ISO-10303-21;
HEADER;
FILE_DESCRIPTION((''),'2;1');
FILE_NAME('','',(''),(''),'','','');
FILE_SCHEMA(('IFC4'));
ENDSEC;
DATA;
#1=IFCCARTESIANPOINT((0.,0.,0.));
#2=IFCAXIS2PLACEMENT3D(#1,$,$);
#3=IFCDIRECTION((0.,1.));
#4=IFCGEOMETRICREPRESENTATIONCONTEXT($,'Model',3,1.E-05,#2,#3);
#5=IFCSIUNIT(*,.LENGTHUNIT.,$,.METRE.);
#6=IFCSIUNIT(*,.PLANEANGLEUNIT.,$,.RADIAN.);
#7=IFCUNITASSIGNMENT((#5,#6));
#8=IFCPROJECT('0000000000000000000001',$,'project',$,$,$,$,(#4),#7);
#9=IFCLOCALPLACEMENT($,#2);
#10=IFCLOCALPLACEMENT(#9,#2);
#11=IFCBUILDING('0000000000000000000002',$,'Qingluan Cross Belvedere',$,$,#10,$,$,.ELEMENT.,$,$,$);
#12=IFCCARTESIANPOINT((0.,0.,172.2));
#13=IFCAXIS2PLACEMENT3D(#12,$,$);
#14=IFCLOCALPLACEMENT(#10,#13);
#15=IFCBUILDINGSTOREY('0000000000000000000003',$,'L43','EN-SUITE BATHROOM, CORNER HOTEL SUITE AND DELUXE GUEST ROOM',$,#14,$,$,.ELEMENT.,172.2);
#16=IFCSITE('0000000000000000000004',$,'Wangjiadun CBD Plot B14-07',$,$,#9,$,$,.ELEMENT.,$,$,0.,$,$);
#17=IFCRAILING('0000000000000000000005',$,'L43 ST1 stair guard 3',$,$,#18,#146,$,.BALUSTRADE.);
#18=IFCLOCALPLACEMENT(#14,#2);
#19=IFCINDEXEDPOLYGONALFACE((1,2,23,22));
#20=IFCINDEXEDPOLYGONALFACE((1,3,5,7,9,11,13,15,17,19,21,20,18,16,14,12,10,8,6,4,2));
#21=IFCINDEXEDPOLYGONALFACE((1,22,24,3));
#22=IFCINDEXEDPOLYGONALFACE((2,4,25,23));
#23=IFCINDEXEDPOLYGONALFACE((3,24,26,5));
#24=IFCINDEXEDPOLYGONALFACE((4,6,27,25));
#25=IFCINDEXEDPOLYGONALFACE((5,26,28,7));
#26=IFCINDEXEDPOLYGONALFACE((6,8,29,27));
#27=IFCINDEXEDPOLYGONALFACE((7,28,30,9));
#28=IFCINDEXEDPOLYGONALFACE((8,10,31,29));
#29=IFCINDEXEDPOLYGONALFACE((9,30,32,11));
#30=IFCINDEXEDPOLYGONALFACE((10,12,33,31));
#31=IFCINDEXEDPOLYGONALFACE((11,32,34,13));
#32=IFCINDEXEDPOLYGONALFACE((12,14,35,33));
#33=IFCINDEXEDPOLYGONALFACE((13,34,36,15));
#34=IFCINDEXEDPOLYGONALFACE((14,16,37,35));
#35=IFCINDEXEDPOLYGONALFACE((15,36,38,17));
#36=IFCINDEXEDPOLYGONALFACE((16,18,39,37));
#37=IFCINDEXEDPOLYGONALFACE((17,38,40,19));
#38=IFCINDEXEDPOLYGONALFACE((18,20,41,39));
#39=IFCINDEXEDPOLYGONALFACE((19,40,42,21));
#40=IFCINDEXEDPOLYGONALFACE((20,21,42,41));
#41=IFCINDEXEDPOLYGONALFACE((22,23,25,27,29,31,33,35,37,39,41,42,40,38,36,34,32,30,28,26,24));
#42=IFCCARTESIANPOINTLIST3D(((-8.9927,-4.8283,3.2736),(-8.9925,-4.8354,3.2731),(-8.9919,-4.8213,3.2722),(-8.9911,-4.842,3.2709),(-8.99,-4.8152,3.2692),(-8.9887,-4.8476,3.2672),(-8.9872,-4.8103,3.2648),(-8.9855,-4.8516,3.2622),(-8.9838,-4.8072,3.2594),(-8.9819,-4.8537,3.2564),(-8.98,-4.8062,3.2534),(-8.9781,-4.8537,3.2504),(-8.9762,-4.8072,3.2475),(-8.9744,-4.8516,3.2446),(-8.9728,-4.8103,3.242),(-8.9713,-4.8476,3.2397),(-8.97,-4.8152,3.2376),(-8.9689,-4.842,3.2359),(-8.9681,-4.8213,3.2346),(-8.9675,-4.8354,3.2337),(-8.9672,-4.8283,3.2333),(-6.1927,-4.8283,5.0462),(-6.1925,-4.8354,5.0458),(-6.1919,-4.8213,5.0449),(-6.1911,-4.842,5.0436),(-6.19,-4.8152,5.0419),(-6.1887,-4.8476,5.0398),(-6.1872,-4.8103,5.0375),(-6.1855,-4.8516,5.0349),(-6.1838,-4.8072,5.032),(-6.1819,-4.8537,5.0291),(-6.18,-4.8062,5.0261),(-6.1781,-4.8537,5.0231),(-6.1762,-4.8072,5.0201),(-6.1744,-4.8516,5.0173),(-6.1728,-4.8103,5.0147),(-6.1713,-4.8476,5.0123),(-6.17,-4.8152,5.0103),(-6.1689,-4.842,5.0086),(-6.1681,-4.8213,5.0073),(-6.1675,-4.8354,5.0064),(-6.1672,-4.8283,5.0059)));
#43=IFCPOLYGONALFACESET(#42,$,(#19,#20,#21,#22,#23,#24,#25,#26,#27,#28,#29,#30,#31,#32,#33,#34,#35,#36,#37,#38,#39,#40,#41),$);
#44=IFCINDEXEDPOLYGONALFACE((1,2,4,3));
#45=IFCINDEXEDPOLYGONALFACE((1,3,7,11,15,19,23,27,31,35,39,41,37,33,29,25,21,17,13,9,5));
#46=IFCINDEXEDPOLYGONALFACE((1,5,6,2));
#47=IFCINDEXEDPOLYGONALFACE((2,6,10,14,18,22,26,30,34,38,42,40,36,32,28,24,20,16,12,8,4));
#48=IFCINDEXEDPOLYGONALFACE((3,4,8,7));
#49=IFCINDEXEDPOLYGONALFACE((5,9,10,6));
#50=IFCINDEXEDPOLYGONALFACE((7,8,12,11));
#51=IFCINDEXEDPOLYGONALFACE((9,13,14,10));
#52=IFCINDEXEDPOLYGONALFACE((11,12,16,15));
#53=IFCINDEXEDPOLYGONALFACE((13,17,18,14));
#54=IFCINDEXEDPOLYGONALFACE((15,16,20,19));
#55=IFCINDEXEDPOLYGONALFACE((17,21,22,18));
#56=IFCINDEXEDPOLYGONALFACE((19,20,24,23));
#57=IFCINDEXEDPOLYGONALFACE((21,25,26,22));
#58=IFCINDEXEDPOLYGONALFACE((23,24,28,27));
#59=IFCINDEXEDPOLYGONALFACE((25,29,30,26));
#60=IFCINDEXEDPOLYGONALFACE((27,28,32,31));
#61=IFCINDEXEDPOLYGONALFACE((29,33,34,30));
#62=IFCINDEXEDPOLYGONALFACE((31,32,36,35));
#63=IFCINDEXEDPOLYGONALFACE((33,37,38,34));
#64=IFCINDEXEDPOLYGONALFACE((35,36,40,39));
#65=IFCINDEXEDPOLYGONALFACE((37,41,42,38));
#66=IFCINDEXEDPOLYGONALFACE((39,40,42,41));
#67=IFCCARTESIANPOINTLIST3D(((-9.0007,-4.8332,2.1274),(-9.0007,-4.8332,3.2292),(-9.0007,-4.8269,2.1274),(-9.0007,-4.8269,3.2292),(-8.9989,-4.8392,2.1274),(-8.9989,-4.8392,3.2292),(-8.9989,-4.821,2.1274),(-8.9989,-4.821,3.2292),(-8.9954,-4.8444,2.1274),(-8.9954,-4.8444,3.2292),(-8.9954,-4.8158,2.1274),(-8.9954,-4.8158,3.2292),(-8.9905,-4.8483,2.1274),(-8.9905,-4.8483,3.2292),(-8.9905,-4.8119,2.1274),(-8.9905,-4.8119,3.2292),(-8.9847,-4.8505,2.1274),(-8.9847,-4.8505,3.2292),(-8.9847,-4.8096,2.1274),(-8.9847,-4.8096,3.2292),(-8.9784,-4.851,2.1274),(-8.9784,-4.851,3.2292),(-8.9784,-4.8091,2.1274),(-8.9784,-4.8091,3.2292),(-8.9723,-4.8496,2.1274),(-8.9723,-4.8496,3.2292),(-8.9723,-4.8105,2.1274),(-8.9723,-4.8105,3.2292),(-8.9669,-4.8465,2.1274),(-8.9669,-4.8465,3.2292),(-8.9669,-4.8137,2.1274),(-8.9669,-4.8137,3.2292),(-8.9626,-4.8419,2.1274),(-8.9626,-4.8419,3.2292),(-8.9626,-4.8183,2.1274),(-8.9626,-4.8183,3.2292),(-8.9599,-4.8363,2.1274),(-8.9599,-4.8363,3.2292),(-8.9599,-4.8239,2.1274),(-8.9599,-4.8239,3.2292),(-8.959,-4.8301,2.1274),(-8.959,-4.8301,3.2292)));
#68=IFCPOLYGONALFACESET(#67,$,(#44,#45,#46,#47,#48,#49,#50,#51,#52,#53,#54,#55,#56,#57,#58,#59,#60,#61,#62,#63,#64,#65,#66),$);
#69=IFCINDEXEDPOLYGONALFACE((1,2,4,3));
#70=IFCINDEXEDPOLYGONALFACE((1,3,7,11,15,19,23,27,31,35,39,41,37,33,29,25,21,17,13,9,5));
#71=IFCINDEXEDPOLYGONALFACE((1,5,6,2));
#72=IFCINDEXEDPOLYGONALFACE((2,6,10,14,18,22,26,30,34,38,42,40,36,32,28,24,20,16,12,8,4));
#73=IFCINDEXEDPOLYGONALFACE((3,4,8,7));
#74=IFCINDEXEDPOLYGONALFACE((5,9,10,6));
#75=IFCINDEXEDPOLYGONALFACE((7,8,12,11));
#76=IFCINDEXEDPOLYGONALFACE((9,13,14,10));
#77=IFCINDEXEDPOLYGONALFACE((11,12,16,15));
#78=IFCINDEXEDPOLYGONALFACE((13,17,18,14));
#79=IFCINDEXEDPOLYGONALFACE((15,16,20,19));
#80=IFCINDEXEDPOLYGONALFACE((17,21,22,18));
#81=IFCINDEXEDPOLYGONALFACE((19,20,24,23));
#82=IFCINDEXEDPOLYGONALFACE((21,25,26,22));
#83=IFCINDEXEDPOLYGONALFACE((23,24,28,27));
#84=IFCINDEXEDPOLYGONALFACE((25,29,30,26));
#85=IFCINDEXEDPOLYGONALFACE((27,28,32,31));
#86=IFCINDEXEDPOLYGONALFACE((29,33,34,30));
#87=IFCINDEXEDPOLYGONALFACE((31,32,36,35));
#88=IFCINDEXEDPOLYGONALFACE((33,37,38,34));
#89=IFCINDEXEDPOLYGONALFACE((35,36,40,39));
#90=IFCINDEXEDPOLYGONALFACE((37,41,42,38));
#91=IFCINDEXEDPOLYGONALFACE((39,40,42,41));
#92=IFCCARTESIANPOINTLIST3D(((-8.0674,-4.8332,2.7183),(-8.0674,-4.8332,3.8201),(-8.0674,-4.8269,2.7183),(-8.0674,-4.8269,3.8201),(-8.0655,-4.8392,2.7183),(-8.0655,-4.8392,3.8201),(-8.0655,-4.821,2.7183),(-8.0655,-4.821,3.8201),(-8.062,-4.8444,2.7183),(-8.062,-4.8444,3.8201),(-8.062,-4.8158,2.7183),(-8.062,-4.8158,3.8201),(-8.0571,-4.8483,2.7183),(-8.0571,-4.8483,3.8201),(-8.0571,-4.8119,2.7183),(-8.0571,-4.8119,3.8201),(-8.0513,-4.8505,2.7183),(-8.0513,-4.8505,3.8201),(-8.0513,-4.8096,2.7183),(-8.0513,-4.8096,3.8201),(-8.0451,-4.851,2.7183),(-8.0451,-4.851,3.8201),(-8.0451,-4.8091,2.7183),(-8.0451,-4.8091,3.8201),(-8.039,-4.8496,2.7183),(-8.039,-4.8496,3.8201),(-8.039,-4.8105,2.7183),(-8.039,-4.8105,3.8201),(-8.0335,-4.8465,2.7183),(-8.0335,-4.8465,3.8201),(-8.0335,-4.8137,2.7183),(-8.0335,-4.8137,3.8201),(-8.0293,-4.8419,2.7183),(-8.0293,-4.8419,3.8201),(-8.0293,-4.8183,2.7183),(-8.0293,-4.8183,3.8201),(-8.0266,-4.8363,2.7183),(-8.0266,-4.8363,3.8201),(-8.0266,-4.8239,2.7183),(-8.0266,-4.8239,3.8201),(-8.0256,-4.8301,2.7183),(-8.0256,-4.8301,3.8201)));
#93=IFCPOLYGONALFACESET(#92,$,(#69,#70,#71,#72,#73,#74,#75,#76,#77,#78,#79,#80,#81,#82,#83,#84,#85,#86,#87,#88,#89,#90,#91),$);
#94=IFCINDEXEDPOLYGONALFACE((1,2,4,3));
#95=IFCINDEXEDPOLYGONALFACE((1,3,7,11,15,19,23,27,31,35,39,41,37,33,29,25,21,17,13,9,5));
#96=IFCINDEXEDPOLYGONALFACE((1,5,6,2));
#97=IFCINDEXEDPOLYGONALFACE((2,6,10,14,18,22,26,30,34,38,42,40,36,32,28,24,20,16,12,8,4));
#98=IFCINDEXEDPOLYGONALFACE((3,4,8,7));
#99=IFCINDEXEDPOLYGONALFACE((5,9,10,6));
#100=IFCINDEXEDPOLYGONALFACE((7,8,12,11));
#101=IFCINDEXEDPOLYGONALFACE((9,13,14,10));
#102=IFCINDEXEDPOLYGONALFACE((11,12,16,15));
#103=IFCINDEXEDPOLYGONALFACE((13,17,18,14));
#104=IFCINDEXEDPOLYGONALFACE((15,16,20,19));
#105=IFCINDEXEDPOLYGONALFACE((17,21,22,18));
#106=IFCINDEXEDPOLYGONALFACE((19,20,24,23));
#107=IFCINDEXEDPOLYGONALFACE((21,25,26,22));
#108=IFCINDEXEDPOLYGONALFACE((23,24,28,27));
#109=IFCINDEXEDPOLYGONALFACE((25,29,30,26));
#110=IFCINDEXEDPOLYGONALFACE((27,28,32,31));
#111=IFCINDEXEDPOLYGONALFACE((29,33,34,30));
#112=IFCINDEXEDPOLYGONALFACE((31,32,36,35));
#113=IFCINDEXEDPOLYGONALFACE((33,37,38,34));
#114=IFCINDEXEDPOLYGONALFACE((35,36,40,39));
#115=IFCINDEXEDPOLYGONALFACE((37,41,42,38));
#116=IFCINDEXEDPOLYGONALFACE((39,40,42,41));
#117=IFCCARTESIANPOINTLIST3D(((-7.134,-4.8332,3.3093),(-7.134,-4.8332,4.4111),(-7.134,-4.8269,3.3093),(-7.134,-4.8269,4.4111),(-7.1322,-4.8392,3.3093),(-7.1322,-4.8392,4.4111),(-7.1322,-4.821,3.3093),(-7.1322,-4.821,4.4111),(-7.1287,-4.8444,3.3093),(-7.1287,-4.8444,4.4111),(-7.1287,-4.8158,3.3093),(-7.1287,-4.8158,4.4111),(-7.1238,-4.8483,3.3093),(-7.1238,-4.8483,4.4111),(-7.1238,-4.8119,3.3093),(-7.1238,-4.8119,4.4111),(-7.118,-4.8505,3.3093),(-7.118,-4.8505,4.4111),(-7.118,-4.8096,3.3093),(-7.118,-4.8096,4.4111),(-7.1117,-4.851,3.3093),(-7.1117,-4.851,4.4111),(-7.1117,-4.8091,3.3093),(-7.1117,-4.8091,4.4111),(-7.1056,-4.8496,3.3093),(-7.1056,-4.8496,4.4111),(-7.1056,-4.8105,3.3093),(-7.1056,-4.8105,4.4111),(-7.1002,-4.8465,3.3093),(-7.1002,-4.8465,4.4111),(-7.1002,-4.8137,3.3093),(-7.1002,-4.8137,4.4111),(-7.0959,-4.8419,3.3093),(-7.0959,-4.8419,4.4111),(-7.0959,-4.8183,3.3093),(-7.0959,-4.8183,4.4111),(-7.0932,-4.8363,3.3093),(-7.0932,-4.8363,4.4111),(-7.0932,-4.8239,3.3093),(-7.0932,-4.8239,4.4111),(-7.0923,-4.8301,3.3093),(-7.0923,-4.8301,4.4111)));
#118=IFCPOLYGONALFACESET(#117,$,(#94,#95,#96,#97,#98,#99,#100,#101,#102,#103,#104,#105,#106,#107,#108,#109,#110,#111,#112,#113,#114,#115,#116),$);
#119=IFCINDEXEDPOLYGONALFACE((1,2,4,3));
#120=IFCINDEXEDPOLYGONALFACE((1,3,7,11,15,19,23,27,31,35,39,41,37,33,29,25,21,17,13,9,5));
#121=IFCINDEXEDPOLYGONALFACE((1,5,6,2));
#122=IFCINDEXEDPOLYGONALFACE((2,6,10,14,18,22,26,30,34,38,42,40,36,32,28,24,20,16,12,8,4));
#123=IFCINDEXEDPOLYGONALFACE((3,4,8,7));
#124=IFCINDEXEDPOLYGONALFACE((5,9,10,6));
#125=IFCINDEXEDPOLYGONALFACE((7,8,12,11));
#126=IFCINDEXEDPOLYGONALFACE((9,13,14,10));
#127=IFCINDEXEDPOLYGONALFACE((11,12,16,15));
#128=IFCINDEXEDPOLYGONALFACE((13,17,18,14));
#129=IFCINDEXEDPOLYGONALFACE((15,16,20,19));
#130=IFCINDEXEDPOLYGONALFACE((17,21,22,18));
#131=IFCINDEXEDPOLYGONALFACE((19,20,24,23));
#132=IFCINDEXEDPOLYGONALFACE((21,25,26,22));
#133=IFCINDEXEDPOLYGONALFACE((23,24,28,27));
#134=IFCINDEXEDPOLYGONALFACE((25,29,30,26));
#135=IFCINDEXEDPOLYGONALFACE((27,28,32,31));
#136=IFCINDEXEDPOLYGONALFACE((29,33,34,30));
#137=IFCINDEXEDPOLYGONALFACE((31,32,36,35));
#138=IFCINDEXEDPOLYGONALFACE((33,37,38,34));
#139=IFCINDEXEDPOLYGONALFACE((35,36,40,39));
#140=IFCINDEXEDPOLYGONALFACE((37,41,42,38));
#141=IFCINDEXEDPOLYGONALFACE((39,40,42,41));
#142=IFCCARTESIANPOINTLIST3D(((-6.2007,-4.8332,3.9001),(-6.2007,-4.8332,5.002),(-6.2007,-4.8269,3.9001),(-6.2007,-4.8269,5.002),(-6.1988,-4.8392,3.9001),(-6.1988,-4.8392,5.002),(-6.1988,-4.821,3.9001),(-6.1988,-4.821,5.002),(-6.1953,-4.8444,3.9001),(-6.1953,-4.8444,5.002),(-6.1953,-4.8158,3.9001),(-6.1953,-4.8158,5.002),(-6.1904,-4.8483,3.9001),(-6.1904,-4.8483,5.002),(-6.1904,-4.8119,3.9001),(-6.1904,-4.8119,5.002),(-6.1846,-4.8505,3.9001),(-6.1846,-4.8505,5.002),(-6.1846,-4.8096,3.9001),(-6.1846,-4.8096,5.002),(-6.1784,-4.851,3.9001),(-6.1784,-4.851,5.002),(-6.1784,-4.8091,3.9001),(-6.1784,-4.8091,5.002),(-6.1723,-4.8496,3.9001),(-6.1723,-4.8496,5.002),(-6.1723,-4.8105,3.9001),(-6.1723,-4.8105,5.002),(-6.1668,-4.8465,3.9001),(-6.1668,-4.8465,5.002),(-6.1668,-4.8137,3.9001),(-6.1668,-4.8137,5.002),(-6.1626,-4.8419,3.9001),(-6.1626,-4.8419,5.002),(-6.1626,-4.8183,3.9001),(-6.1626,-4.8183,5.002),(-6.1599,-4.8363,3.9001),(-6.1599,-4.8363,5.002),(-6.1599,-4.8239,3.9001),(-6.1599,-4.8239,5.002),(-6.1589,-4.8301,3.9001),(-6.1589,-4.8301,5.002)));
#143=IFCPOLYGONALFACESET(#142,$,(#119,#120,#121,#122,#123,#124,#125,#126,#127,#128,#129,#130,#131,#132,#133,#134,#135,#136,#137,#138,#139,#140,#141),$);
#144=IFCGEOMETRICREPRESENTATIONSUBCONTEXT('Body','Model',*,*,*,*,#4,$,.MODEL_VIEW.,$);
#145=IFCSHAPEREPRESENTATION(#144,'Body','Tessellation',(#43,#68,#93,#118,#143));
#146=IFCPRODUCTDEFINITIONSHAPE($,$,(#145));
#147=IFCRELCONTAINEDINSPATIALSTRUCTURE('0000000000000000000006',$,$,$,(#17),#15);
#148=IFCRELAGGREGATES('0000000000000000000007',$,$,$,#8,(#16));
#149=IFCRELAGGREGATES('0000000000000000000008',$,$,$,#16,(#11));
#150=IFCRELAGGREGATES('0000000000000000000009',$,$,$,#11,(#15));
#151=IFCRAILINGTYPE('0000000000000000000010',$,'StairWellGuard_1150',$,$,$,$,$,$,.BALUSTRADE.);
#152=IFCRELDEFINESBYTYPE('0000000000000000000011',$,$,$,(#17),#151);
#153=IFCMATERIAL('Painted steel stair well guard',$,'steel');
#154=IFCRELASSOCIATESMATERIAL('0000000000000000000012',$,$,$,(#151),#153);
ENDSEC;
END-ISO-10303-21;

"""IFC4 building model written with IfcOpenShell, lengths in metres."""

from ifc_helpers import new_model, si_unit, direction, frame, origin, origin_2d, place, context, subcontext, project, spatial, circle, extrude, material, type_object, element, save


model = new_model("IFC4")

# Units and contexts
model_context = context("Model", 3, precision=1e-05, world=origin(), true_north=direction((0.0, 1.0)))
body_context = subcontext(model_context, "Body", "Model", "MODEL_VIEW")
ifc_project = project(units=[si_unit("LENGTHUNIT", "METRE"), si_unit("PLANEANGLEUNIT", "RADIAN")], contexts=[model_context])

# Site, building, storey
site_placement = place(None, origin())
site = spatial("IfcSite", under=ifc_project, at=site_placement, Name="Wangjiadun CBD Plot B14-07", CompositionType="ELEMENT", RefElevation=0.0)
building_placement = place(site_placement, origin())
building = spatial("IfcBuilding", under=site, at=building_placement, Name="Qingluan Cross Belvedere", CompositionType="ELEMENT")
storey_placement = place(building_placement, frame((0.0, 0.0, 172.2)))
storey = spatial("IfcBuildingStorey", under=building, at=storey_placement, Name="L43", Description="EN-SUITE BATHROOM, CORNER HOTEL SUITE AND DELUXE GUEST ROOM", CompositionType="ELEMENT", Elevation=172.2)

# Railing
ifc_material_1 = material(Name="Painted steel stair well guard", Category="steel")
railing_type_1 = type_object("IfcRailingType", Name="StairWellGuard_1150", PredefinedType="BALUSTRADE", material=ifc_material_1)
railing_1_placement = place(storey_placement, frame((-8.98, -4.8301, 2.1274)))
element("IfcRailing", 1, at=railing_1_placement, inside=storey, type_object=railing_type_1, Name="L43 ST1 stair guard 3", PredefinedType="BALUSTRADE", context=body_context, shape_type="SweptSolid", body=[
    extrude(circle(Radius=0.0239, at=origin_2d()), frame((0.0, 0.0, 1.126), z_axis=(0.844909, 0.0, 0.53491), x_axis=(0.0, 1.0, 0.0)), (0.0, 0.0, 1.0), 3.314),
    extrude(circle(Radius=0.021, at=origin_2d()), origin(), (0.0, 0.0, 1.0), 1.1018),
    extrude(circle(Radius=0.021, at=origin_2d()), frame((0.9333, 0.0, 0.5908)), (0.0, 0.0, 1.0), 1.1018),
    extrude(circle(Radius=0.021, at=origin_2d()), frame((1.8667, 0.0, 1.1819)), (0.0, 0.0, 1.0), 1.1018),
    extrude(circle(Radius=0.021, at=origin_2d()), frame((2.8, 0.0, 1.7727)), (0.0, 0.0, 1.0), 1.1018),
])

save(model, "model.ifc")
